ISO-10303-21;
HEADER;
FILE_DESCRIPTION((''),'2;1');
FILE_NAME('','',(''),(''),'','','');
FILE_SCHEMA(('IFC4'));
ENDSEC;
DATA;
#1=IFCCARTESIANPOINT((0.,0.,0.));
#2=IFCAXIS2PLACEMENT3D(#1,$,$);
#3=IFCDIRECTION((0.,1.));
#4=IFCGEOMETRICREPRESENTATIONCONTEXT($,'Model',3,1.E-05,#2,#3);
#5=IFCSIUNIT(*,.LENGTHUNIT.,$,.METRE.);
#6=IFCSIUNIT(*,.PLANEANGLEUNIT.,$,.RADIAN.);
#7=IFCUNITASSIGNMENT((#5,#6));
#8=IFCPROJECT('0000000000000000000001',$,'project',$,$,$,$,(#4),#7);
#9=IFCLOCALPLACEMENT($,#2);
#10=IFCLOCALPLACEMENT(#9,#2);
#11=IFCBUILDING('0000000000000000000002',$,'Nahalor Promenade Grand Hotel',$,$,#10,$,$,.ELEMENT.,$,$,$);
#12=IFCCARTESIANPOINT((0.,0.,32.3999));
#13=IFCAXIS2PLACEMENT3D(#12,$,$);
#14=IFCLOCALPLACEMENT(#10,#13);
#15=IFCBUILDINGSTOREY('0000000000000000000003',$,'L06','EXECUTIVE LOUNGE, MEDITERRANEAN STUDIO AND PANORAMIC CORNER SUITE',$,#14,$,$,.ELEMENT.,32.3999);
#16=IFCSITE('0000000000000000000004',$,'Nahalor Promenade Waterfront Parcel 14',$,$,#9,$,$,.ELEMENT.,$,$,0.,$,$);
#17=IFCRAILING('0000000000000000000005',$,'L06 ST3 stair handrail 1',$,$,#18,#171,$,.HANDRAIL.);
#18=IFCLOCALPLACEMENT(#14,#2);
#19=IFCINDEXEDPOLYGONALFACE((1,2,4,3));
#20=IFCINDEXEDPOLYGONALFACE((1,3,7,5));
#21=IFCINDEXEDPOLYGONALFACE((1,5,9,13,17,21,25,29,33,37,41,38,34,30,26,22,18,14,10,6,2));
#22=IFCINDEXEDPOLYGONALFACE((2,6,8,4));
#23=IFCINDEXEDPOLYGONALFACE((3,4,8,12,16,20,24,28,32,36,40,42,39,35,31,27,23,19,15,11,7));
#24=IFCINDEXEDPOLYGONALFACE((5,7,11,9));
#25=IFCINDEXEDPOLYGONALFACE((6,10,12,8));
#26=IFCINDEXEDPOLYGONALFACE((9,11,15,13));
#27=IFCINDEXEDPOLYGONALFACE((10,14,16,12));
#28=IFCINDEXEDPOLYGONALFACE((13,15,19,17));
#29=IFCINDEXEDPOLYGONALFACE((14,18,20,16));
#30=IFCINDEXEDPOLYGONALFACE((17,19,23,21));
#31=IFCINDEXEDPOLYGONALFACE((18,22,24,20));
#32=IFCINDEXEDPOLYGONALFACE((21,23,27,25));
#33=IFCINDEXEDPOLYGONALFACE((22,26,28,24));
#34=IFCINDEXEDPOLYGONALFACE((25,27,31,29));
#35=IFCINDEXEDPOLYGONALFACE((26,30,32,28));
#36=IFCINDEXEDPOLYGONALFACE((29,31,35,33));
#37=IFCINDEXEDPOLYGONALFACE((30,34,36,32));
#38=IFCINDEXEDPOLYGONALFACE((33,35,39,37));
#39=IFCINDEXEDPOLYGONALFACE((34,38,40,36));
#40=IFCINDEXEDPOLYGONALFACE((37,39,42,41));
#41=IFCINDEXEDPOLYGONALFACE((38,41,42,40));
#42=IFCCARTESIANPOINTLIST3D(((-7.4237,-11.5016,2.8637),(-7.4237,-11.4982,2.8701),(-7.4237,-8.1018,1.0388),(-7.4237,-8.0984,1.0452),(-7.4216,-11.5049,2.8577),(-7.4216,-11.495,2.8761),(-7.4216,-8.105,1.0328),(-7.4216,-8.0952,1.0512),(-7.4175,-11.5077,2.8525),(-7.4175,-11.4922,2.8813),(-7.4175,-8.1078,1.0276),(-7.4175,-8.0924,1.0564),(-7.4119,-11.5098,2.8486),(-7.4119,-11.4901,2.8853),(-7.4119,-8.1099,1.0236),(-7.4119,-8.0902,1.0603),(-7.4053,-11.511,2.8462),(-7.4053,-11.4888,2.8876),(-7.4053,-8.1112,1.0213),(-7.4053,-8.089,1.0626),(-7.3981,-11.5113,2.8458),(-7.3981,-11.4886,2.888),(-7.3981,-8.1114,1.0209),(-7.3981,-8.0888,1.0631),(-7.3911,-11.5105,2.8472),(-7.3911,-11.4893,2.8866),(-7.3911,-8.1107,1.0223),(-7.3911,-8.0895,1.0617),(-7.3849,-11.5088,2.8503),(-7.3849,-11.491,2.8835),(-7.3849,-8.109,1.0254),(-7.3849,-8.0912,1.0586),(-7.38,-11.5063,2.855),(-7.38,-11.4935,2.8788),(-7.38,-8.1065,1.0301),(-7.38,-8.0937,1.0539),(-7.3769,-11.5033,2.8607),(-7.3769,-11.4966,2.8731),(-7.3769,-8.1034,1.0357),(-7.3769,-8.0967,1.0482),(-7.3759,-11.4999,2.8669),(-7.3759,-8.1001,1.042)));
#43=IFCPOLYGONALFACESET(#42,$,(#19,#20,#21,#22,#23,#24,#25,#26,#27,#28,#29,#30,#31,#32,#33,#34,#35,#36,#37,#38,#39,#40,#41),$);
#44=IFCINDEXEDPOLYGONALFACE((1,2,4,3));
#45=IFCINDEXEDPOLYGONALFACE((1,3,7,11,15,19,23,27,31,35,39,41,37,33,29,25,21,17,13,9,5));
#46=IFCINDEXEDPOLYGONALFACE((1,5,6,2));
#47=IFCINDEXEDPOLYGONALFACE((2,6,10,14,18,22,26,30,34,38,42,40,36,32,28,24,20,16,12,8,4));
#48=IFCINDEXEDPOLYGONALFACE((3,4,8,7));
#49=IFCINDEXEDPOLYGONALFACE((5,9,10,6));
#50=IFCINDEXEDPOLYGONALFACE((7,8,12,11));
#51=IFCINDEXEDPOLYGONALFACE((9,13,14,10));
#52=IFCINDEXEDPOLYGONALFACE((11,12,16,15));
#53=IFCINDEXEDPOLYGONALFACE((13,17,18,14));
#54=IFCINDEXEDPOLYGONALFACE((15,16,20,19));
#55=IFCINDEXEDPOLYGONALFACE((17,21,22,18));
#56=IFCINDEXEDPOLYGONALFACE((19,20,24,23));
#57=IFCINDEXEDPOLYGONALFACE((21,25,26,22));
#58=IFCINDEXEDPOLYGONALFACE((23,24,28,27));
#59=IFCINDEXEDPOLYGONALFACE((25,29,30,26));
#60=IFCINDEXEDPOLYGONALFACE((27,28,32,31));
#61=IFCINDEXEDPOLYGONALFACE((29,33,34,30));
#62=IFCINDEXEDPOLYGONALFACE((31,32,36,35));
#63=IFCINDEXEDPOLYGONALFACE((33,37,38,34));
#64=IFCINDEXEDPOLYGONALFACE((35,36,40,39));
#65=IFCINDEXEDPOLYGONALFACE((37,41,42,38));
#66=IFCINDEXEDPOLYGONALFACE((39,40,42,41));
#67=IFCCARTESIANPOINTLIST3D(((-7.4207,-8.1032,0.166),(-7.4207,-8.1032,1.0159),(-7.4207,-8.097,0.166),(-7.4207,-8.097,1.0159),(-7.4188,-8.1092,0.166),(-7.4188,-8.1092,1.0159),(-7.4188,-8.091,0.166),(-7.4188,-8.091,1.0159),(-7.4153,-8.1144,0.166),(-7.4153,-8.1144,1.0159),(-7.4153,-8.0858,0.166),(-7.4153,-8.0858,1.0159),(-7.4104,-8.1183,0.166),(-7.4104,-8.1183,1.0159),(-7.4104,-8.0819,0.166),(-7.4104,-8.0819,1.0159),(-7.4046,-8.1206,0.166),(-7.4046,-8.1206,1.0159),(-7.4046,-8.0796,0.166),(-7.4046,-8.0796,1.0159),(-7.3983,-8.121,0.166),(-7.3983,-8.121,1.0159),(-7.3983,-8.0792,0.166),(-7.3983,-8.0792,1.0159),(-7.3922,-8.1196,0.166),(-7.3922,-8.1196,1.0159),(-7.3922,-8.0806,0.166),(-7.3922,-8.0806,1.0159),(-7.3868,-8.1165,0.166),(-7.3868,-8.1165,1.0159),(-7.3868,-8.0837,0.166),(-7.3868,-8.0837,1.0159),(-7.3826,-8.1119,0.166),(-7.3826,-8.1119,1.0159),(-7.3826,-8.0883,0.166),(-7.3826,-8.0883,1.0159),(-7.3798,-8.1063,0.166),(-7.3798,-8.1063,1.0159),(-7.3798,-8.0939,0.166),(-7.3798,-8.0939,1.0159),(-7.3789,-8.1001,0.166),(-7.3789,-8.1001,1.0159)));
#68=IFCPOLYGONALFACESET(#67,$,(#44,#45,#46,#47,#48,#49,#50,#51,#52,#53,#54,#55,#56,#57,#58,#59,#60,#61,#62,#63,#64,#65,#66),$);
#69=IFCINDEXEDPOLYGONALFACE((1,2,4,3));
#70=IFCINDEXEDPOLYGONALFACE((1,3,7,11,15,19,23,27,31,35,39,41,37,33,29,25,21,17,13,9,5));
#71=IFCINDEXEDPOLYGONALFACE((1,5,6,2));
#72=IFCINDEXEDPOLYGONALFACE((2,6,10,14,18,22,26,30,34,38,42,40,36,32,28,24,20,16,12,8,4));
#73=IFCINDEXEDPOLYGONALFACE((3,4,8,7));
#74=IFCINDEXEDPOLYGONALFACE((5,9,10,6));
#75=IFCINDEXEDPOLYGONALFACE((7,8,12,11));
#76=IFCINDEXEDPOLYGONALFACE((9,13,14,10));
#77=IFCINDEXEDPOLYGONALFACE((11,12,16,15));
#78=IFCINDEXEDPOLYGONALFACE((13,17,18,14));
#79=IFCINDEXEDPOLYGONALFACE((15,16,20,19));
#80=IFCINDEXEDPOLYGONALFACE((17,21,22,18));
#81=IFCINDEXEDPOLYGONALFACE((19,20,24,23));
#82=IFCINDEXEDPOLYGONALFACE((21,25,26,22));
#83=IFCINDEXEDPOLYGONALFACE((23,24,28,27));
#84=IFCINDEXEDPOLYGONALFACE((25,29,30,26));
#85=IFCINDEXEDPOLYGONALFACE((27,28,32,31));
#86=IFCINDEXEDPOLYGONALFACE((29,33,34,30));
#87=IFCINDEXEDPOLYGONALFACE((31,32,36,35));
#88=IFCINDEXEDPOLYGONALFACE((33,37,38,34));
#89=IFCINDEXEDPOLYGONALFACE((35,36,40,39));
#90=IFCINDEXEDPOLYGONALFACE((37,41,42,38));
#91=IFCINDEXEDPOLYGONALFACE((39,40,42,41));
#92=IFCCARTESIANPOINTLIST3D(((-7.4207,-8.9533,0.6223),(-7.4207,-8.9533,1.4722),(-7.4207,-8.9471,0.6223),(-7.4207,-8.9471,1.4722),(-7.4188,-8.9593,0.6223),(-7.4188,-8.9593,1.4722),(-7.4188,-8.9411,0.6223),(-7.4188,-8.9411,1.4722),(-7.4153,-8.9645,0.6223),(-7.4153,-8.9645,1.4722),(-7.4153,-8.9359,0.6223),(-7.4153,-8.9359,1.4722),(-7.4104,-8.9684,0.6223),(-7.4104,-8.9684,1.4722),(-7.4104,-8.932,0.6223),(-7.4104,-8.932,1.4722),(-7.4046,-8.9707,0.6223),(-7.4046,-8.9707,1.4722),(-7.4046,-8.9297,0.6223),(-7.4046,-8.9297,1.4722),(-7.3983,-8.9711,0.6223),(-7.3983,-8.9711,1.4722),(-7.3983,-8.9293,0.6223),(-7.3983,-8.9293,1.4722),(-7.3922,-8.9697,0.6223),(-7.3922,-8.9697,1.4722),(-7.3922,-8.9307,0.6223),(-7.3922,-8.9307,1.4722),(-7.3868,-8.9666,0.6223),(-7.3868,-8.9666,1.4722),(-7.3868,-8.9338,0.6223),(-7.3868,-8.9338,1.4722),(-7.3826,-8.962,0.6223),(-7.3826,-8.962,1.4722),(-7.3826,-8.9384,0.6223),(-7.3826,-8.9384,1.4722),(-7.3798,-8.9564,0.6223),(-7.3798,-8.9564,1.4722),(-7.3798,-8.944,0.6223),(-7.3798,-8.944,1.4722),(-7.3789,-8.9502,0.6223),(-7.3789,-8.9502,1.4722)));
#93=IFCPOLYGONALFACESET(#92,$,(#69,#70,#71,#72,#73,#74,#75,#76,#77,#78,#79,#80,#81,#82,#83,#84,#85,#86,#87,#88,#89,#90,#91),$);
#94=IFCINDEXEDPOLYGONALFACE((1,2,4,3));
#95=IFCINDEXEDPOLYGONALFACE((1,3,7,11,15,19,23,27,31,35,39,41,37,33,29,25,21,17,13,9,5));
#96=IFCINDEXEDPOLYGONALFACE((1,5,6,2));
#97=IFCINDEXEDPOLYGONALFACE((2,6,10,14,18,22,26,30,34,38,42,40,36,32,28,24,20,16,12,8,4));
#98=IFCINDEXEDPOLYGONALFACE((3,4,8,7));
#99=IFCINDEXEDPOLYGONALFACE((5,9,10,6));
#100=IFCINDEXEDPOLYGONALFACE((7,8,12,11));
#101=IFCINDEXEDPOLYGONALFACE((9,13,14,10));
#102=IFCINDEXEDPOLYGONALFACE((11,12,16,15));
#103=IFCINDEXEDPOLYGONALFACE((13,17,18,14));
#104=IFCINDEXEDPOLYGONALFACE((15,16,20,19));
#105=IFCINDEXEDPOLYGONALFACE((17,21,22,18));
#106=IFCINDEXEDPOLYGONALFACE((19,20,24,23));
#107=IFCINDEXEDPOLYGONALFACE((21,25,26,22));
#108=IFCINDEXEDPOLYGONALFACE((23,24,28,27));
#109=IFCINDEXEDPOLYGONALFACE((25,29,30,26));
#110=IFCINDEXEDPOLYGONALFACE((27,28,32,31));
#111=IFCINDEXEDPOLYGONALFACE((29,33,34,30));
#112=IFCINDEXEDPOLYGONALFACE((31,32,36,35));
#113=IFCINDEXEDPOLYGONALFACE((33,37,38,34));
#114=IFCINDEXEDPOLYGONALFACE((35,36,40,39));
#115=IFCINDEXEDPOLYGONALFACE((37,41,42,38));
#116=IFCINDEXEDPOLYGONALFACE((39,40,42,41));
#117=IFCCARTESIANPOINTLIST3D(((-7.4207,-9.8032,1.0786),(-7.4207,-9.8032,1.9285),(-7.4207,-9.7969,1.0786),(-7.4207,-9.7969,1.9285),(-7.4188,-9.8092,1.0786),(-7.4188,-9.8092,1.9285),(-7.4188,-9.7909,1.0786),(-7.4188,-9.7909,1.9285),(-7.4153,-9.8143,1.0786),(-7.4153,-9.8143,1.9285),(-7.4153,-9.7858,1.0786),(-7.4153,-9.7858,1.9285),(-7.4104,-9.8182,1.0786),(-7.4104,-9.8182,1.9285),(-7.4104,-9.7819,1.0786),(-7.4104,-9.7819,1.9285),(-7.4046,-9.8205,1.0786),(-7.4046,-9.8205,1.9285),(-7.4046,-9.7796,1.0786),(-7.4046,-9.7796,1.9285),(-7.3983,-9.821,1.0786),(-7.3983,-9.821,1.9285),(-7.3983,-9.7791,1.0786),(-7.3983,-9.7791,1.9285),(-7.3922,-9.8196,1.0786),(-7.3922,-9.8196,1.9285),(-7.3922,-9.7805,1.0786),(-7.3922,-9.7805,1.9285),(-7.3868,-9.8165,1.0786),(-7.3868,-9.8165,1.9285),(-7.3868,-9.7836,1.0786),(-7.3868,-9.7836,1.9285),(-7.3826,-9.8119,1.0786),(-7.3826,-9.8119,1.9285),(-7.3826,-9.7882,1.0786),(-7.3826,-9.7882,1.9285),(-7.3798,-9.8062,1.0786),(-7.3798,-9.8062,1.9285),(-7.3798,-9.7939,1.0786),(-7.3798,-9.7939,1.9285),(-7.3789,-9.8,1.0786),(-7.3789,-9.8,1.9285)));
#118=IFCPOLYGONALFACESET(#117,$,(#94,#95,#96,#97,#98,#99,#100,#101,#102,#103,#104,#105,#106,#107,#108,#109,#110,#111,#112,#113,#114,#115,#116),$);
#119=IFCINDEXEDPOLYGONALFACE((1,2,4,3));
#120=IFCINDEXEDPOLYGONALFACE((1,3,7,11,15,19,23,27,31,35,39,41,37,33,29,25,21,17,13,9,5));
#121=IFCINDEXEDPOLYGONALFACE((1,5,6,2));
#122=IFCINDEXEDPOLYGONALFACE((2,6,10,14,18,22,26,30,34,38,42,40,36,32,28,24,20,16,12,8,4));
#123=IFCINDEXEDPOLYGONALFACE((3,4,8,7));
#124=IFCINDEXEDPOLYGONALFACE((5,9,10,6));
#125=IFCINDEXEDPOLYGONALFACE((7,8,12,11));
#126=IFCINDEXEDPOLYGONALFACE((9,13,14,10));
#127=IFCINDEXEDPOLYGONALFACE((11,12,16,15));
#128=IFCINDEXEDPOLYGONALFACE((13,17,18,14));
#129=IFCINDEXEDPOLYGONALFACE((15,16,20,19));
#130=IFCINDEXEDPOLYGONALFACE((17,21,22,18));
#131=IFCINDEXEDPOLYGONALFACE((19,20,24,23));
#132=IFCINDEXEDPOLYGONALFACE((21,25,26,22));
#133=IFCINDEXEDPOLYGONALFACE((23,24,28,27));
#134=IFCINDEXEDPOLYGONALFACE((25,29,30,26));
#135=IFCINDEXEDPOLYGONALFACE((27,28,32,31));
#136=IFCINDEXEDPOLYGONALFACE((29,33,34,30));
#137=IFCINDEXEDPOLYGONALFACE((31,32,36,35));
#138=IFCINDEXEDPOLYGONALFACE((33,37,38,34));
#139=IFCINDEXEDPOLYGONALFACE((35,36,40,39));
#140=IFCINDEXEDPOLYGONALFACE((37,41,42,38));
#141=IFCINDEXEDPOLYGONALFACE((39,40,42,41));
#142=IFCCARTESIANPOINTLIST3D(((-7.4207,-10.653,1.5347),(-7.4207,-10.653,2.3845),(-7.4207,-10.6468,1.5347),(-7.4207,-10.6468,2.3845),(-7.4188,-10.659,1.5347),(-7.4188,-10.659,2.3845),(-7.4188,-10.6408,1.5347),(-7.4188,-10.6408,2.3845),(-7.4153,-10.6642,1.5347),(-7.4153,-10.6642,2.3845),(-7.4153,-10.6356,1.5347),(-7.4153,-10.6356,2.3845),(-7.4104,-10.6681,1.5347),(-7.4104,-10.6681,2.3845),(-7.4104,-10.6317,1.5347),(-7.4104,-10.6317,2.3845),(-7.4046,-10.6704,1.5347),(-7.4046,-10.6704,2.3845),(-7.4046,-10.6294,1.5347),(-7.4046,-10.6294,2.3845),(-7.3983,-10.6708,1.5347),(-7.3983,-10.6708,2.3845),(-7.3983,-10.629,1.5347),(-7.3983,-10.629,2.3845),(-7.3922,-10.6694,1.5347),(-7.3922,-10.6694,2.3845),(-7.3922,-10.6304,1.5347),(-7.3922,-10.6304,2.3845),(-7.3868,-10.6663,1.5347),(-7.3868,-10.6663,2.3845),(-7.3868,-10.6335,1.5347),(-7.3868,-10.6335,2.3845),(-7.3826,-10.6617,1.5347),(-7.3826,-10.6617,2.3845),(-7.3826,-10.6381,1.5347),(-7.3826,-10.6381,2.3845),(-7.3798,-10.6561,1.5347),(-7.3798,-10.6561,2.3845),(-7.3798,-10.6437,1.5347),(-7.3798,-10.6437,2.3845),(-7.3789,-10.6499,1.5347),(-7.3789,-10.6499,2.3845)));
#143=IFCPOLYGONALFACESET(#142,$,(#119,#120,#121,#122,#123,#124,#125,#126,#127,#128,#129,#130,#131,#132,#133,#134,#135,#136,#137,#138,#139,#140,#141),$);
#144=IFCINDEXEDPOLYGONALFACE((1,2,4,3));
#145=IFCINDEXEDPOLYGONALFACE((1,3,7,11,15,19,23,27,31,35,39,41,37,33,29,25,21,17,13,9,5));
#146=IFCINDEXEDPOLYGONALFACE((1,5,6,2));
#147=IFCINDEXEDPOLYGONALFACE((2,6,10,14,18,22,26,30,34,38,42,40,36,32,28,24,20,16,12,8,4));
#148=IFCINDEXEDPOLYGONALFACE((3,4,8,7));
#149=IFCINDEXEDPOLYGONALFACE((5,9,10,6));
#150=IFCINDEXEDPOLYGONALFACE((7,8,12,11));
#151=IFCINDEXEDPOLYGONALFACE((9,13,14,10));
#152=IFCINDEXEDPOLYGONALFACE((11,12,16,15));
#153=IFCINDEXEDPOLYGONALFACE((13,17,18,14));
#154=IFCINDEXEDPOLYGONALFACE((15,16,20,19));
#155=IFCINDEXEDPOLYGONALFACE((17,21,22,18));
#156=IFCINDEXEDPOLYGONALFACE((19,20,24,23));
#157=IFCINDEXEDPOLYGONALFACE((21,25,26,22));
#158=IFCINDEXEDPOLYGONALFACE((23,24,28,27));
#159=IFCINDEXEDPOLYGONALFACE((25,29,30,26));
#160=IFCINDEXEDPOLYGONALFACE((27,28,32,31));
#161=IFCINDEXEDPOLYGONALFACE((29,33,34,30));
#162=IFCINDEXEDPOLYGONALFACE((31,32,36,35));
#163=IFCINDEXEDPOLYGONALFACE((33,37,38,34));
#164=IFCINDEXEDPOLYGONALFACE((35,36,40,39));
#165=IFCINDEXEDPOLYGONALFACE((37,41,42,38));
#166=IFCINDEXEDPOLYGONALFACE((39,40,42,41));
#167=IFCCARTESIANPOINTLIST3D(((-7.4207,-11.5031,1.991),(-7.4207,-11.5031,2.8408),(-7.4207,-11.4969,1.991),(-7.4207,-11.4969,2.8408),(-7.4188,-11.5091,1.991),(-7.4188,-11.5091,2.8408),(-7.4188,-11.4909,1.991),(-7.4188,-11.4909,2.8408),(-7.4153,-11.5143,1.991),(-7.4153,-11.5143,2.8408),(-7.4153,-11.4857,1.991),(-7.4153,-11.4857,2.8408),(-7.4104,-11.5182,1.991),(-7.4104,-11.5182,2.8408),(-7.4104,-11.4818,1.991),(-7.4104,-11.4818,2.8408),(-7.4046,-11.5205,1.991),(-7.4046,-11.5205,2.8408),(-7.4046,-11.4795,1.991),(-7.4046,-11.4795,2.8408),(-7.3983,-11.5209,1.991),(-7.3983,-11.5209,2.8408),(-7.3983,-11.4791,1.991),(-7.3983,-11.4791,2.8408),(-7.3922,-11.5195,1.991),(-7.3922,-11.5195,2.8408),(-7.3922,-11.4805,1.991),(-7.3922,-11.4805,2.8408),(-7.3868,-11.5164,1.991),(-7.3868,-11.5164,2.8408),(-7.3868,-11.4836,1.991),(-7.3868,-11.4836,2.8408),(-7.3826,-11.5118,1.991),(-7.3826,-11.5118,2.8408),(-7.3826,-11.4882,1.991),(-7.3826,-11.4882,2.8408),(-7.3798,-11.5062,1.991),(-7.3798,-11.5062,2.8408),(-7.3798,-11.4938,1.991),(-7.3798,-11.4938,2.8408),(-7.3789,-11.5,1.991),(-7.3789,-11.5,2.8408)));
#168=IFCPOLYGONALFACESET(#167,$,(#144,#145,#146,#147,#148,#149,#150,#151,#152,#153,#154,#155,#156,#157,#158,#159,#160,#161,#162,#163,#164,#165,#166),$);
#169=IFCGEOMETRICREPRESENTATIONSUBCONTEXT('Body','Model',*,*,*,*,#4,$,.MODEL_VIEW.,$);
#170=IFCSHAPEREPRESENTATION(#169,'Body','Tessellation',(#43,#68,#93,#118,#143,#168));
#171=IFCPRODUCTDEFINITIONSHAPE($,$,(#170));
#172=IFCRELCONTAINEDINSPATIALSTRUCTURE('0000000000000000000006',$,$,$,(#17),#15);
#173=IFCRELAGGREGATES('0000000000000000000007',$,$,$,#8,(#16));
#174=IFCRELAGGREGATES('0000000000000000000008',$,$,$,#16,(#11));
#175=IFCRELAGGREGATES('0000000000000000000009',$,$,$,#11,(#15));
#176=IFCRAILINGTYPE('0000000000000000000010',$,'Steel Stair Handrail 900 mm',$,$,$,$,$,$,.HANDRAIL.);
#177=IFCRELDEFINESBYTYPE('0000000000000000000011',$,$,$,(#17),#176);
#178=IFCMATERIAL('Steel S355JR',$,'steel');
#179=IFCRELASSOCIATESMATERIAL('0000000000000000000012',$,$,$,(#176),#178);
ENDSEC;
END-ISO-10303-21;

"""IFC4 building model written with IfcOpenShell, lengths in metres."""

from ifc_helpers import new_model, si_unit, direction, frame, origin, origin_2d, place, context, subcontext, project, spatial, circle, extrude, material, type_object, element, save


model = new_model("IFC4")

# Units and contexts
model_context = context("Model", 3, precision=1e-05, world=origin(), true_north=direction((0.0, 1.0)))
body_context = subcontext(model_context, "Body", "Model", "MODEL_VIEW")
ifc_project = project(units=[si_unit("LENGTHUNIT", "METRE"), si_unit("PLANEANGLEUNIT", "RADIAN")], contexts=[model_context])

# Site, building, storey
site_placement = place(None, origin())
site = spatial("IfcSite", under=ifc_project, at=site_placement, Name="Nahalor Promenade Waterfront Parcel 14", CompositionType="ELEMENT", RefElevation=0.0)
building_placement = place(site_placement, origin())
building = spatial("IfcBuilding", under=site, at=building_placement, Name="Nahalor Promenade Grand Hotel", CompositionType="ELEMENT")
storey_placement = place(building_placement, frame((0.0, 0.0, 32.3999)))
storey = spatial("IfcBuildingStorey", under=building, at=storey_placement, Name="L06", Description="EXECUTIVE LOUNGE, MEDITERRANEAN STUDIO AND PANORAMIC CORNER SUITE", CompositionType="ELEMENT", Elevation=32.3999)

# Shared definitions
ifc_material_1 = material(Name="Steel S355JR", Category="steel")

# Railing
railing_type_1 = type_object("IfcRailingType", Name="Steel Stair Handrail 900 mm", PredefinedType="HANDRAIL", material=ifc_material_1)
railing_1_placement = place(storey_placement, frame((-7.3999, -8.1001, 0.166)))
element("IfcRailing", 1, at=railing_1_placement, inside=storey, type_object=railing_type_1, Name="L06 ST3 stair handrail 1", PredefinedType="HANDRAIL", context=body_context, shape_type="SweptSolid", body=[
    extrude(circle(Radius=0.024, at=origin_2d()), frame((0.0, 0.0, 0.876), z_axis=(0.0, -0.881094, 0.472941), x_axis=(1.0, 0.0, 0.0)), (0.0, 0.0, 1.0), 3.8586),
    extrude(circle(Radius=0.021, at=origin_2d()), origin(), (0.0, 0.0, 1.0), 0.8499),
    extrude(circle(Radius=0.021, at=origin_2d()), frame((0.0, -0.8501, 0.4563)), (0.0, 0.0, 1.0), 0.8499),
    extrude(circle(Radius=0.021, at=origin_2d()), frame((0.0, -1.7, 0.9126)), (0.0, 0.0, 1.0), 0.8499),
    extrude(circle(Radius=0.021, at=origin_2d()), frame((0.0, -2.5498, 1.3687)), (0.0, 0.0, 1.0), 0.8499),
    extrude(circle(Radius=0.021, at=origin_2d()), frame((0.0, -3.3999, 1.825)), (0.0, 0.0, 1.0), 0.8499),
])

save(model, "model.ifc")
